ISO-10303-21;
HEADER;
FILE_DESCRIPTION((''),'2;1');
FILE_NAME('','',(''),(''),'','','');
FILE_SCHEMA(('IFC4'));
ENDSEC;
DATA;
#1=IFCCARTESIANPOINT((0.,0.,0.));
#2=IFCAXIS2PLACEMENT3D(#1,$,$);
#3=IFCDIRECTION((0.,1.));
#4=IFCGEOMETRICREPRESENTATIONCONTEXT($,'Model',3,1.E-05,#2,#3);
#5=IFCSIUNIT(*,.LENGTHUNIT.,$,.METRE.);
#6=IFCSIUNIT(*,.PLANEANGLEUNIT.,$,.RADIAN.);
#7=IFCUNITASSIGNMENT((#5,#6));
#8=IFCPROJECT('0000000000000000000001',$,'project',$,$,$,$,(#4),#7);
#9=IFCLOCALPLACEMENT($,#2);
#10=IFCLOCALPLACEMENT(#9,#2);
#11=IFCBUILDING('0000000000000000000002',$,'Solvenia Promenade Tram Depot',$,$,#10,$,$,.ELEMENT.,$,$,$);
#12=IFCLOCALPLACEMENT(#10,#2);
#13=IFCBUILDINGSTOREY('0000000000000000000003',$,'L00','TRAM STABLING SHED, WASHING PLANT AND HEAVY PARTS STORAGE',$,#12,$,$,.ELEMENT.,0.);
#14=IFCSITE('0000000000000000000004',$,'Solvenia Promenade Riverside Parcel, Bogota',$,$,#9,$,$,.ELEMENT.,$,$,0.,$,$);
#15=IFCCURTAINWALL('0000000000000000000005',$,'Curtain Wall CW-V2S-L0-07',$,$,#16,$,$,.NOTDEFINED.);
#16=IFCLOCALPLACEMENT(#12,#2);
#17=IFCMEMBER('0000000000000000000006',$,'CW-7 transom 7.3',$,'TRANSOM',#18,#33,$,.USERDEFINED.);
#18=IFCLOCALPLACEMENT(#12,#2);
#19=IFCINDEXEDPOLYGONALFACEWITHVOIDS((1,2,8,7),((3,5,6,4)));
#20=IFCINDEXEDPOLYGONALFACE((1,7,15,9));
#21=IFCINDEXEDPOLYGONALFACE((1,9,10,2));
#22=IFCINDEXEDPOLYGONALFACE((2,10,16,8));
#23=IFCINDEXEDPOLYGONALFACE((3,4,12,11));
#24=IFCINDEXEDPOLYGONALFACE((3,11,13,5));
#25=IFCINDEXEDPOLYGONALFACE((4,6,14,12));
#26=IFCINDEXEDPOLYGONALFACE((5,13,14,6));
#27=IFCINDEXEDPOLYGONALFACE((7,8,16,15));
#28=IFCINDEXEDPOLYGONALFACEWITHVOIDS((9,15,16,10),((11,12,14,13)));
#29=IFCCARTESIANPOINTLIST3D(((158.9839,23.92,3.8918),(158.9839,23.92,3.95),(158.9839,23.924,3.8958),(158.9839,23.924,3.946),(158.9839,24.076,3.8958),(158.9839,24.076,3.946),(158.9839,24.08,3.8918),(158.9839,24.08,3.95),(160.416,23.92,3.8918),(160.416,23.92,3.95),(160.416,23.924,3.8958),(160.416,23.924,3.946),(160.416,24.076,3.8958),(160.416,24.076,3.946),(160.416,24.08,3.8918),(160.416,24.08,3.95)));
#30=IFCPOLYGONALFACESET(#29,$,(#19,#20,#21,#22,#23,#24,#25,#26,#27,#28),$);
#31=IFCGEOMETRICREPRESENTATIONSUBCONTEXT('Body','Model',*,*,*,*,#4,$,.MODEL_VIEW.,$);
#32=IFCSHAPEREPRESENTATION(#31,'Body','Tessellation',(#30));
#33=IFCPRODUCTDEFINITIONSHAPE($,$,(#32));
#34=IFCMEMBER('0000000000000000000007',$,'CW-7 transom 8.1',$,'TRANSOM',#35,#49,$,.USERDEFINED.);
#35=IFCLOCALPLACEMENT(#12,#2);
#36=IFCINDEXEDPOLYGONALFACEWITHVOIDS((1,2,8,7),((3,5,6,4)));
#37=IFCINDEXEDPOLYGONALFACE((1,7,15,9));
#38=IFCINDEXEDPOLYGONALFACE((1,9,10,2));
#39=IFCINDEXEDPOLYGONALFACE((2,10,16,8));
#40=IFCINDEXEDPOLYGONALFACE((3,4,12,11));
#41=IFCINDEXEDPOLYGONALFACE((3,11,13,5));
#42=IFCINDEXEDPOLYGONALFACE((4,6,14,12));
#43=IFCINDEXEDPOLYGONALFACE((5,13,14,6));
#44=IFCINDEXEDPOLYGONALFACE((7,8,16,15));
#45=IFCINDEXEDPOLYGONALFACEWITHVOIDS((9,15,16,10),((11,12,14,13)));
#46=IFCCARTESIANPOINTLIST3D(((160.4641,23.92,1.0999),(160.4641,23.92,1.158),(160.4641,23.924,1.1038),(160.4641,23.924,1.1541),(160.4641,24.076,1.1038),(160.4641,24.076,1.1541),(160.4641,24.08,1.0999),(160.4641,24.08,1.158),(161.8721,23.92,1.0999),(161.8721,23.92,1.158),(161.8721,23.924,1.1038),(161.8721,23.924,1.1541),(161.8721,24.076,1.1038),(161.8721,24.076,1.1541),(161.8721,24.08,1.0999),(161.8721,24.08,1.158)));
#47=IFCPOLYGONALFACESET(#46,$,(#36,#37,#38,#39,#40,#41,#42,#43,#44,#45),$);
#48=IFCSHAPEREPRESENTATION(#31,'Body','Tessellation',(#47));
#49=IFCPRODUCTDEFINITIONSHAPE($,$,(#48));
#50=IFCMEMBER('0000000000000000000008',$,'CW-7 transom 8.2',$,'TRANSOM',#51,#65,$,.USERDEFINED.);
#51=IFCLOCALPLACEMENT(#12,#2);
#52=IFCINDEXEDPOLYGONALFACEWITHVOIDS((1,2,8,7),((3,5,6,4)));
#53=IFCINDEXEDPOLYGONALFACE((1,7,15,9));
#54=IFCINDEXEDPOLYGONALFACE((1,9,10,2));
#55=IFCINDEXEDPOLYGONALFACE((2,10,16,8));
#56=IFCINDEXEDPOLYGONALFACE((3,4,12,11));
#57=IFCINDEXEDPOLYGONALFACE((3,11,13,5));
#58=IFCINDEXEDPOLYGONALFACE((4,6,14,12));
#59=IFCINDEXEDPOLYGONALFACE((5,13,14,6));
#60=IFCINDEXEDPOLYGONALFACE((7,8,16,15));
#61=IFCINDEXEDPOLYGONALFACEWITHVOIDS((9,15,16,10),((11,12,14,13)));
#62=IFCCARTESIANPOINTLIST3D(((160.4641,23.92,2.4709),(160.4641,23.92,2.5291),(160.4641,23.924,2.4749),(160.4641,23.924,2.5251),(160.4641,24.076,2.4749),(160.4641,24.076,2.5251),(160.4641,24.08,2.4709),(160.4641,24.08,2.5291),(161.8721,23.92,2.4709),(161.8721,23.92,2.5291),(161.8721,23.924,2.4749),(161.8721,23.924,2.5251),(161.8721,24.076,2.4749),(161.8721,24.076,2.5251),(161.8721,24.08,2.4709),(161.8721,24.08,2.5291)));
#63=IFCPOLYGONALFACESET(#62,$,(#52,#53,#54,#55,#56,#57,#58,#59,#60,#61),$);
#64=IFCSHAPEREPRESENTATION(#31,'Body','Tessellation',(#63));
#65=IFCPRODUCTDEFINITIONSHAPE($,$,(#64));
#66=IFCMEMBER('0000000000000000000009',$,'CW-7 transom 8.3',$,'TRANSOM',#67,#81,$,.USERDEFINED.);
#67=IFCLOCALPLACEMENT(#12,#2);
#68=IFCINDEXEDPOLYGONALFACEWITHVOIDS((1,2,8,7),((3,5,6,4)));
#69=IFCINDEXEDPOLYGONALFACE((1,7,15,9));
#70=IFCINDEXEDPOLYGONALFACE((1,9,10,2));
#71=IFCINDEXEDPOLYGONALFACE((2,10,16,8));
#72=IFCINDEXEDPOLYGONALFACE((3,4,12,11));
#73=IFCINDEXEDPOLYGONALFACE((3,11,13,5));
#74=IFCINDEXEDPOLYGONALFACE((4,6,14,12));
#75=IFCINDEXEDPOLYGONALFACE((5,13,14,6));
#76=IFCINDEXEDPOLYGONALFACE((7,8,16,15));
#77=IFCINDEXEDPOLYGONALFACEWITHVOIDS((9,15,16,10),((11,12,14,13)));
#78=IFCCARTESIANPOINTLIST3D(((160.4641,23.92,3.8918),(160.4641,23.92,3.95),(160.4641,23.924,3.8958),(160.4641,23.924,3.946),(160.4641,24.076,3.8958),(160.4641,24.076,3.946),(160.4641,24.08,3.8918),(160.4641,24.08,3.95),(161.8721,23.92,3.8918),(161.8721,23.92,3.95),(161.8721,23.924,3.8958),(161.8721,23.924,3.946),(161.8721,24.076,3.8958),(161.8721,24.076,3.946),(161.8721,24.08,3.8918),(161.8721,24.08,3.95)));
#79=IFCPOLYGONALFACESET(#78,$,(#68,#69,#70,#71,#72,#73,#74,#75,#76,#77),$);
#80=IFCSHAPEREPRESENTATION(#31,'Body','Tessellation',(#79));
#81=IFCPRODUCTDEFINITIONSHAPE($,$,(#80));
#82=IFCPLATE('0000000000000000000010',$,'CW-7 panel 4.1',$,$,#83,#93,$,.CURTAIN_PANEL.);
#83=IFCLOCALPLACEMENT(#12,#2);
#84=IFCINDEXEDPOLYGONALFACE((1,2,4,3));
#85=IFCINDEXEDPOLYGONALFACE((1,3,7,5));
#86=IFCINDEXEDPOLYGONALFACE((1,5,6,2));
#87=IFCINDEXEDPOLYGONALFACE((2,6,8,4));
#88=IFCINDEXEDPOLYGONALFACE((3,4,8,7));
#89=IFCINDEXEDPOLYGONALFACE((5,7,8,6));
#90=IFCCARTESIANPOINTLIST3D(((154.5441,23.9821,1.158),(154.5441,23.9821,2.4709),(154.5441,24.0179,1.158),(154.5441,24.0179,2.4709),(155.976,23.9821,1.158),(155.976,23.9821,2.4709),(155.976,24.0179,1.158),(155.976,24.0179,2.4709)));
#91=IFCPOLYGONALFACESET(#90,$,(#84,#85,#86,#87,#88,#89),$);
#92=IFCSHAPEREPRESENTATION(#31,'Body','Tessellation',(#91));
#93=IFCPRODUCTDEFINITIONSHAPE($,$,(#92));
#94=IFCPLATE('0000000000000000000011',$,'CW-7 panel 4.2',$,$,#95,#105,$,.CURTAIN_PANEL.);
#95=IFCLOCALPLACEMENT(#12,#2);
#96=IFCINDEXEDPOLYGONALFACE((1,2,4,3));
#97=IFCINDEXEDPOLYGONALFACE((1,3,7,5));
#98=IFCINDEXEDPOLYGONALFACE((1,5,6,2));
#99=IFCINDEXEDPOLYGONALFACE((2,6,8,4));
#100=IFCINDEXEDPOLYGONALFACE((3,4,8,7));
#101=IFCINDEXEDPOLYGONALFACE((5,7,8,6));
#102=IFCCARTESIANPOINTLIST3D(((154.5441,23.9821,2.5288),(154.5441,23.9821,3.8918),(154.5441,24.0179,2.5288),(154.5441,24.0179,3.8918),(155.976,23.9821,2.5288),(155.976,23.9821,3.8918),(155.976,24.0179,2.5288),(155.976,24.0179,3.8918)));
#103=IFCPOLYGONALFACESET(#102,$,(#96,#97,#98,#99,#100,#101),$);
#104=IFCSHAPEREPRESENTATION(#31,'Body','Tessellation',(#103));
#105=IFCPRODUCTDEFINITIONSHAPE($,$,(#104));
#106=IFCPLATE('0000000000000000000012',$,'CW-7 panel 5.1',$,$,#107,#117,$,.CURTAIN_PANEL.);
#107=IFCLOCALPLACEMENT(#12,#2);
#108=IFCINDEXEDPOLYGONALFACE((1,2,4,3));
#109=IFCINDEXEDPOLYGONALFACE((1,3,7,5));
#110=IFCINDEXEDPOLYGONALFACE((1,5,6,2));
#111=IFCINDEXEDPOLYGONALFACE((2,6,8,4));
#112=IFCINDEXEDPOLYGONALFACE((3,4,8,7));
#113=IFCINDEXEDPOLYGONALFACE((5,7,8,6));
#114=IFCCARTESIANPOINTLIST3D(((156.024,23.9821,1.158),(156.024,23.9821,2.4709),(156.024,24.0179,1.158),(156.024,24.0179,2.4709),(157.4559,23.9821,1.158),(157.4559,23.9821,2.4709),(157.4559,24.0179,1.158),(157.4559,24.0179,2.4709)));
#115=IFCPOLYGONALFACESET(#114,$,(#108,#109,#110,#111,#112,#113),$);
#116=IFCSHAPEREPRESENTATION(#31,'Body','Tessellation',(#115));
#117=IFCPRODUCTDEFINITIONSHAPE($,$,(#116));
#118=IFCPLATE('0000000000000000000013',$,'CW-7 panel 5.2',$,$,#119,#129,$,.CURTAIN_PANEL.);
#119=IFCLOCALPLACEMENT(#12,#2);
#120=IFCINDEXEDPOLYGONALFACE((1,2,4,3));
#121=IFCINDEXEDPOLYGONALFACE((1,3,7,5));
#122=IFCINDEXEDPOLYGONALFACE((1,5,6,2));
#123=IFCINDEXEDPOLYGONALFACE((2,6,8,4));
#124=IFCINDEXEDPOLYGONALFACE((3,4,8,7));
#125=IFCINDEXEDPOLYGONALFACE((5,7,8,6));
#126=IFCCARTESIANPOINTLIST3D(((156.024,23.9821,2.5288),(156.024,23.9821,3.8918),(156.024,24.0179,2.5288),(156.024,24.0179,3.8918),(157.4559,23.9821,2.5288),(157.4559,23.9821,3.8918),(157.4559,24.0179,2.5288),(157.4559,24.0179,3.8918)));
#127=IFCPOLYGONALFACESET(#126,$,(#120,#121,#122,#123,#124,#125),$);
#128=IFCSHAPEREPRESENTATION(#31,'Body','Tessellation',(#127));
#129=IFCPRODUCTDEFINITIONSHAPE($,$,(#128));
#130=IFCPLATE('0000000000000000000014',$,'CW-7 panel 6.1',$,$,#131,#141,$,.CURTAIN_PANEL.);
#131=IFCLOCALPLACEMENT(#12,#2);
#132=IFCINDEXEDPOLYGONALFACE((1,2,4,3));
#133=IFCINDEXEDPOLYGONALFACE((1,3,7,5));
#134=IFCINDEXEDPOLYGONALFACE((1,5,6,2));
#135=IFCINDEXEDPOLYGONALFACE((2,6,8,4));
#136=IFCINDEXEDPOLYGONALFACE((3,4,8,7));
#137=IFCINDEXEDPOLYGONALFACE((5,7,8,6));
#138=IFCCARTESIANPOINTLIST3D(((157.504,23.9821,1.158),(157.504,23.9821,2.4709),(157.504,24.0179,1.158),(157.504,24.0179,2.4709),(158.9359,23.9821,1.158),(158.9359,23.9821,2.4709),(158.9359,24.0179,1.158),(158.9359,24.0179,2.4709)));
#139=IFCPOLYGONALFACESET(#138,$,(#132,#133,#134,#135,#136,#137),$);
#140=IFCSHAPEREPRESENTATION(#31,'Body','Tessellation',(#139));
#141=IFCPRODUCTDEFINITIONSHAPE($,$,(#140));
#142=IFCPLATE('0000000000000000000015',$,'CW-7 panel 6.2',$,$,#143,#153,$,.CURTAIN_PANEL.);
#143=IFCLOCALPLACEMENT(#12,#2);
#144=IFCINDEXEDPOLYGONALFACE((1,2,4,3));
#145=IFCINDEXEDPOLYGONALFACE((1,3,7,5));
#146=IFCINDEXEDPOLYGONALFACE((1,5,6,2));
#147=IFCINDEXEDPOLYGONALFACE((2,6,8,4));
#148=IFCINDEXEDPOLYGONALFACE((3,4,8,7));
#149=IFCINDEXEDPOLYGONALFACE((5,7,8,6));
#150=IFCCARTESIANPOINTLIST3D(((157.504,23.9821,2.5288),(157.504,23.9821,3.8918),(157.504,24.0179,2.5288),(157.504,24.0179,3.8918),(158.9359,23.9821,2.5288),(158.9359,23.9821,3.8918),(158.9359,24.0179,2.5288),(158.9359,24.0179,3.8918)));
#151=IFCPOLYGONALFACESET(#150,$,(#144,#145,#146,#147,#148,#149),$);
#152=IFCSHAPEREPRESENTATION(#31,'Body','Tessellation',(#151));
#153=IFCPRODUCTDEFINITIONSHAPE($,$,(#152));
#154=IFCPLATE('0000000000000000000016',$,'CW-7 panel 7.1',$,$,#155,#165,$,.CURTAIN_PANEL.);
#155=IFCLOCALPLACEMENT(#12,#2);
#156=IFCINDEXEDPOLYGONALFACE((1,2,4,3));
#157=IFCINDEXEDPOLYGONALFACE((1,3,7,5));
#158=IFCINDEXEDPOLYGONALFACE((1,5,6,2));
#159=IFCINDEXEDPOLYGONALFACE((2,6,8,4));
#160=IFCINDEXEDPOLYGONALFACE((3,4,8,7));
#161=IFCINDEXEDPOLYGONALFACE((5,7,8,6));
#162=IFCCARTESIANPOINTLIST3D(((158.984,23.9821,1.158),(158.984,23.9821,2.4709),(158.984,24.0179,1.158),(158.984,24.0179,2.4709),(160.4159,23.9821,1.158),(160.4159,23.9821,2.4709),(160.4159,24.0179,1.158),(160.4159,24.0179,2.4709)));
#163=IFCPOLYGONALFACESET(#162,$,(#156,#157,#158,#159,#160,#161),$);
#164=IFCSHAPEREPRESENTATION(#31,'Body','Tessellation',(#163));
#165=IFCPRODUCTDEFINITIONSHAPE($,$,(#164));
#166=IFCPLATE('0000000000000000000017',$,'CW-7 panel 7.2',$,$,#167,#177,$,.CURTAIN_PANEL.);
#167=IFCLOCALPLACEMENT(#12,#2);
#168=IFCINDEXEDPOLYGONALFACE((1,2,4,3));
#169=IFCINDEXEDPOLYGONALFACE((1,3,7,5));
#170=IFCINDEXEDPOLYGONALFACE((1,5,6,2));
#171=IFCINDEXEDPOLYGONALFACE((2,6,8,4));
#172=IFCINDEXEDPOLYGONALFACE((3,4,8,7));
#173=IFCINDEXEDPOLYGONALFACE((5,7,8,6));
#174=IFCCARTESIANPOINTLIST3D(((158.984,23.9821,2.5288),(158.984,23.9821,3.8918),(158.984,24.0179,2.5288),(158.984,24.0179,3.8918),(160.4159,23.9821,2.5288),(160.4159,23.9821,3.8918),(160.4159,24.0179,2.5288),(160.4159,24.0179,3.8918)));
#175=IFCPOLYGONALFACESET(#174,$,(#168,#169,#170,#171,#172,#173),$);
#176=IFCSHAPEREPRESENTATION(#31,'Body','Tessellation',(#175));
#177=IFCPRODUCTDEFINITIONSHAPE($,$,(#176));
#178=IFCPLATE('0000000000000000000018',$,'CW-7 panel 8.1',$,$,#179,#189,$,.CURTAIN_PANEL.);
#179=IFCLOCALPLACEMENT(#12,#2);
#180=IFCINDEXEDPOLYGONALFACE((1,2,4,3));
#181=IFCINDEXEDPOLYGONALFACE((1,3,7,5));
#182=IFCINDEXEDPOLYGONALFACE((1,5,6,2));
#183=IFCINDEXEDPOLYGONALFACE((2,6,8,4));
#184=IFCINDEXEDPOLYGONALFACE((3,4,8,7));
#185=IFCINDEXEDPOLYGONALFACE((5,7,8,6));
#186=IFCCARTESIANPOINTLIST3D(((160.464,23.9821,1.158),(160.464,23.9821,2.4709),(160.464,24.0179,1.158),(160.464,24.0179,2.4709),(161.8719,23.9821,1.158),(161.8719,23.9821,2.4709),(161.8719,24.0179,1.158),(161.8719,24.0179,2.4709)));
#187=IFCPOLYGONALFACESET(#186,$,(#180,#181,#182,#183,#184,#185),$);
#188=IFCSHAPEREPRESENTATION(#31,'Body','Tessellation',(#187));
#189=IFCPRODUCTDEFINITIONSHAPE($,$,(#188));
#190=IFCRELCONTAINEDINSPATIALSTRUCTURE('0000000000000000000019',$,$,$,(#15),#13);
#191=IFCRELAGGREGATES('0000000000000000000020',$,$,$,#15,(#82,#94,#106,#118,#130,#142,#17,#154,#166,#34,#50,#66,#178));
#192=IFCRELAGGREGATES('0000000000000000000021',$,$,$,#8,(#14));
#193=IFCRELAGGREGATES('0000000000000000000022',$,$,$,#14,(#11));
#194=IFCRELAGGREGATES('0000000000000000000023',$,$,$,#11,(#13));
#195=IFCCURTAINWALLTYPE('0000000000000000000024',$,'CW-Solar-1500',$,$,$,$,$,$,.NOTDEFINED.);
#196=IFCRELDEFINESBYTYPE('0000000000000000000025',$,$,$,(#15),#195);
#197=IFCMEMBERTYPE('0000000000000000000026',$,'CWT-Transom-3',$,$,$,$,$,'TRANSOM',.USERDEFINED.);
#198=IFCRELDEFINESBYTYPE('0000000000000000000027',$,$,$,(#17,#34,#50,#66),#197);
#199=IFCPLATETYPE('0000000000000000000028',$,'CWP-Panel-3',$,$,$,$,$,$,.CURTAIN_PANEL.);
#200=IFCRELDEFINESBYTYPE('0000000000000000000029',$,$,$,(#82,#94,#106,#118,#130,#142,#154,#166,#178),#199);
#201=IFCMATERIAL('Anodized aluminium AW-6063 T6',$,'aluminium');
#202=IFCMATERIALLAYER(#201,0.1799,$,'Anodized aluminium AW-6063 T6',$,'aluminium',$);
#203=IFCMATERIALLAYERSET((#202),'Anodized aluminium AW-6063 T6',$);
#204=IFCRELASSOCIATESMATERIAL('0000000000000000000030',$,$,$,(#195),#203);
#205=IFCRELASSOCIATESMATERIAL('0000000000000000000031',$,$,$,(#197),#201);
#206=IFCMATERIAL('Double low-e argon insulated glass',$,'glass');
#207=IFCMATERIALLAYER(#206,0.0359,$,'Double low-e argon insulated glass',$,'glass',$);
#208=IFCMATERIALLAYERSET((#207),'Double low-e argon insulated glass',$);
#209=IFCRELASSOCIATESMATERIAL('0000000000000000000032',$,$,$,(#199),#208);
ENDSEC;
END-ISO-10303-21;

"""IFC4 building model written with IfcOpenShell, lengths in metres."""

from ifc_helpers import new_model, si_unit, direction, frame, origin, origin_2d, place, context, subcontext, project, spatial, rectangle, hollow_rectangle, extrude, material, layer, layer_set, material_profile, profile_set, type_object, element, aggregate, save


model = new_model("IFC4")

# Units and contexts
model_context = context("Model", 3, precision=1e-05, world=origin(), true_north=direction((0.0, 1.0)))
body_context = subcontext(model_context, "Body", "Model", "MODEL_VIEW")
ifc_project = project(units=[si_unit("LENGTHUNIT", "METRE"), si_unit("PLANEANGLEUNIT", "RADIAN")], contexts=[model_context])

# Site, building, storey
site_placement = place(None, origin())
site = spatial("IfcSite", under=ifc_project, at=site_placement, Name="Solvenia Promenade Riverside Parcel, Bogota", CompositionType="ELEMENT", RefElevation=0.0)
building_placement = place(site_placement, origin())
building = spatial("IfcBuilding", under=site, at=building_placement, Name="Solvenia Promenade Tram Depot", CompositionType="ELEMENT")
storey_placement = place(building_placement, origin())
storey = spatial("IfcBuildingStorey", under=building, at=storey_placement, Name="L00", Description="TRAM STABLING SHED, WASHING PLANT AND HEAVY PARTS STORAGE", CompositionType="ELEMENT", Elevation=0.0)

# Curtain wall, members, plates
ifc_material_1 = material(Name="Anodized aluminium AW-6063 T6", Category="aluminium")
ifc_layer_1 = layer(ifc_material_1, 0.1799, Name="Anodized aluminium AW-6063 T6", Category="aluminium")
ifc_layer_set_1 = layer_set([ifc_layer_1], Name="Anodized aluminium AW-6063 T6")
curtain_wall_type = type_object("IfcCurtainWallType", Name="CW-Solar-1500", PredefinedType="NOTDEFINED", material=ifc_layer_set_1)
curtain_wall_placement = place(storey_placement, origin())
curtain_wall = element("IfcCurtainWall", 1, at=curtain_wall_placement, inside=storey, type_object=curtain_wall_type, Name="Curtain Wall CW-V2S-L0-07", PredefinedType="NOTDEFINED")
ifc_material_profile_1 = material_profile(ifc_material_1, hollow_rectangle(XDim=0.1599, YDim=0.0581, WallThickness=0.0039, at=origin_2d()), Name="ALU-T3", Category="aluminium")
ifc_profile_set_1 = profile_set([ifc_material_profile_1], Name="Anodized aluminium AW-6063 T6")
member_type_1 = type_object("IfcMemberType", Name="CWT-Transom-3", ElementType="TRANSOM", PredefinedType="USERDEFINED", material=ifc_profile_set_1)
member_1_placement = place(storey_placement, frame((158.9839, 24.0, 3.9209), z_axis=(1.0, 0.0, 0.0), x_axis=(0.0, 1.0, 0.0)))
member_1 = element("IfcMember", 2, at=member_1_placement, type_object=member_type_1, Name="CW-7 transom 7.3", ObjectType="TRANSOM", PredefinedType="USERDEFINED", context=body_context, shape_type="SweptSolid", body=[
    extrude(hollow_rectangle(XDim=0.1599, YDim=0.0581, WallThickness=0.0039, at=origin_2d()), origin(), (0.0, 0.0, 1.0), 1.4321),
])
member_2_placement = place(storey_placement, frame((160.4641, 24.0, 1.1289), z_axis=(1.0, 0.0, 0.0), x_axis=(0.0, 1.0, 0.0)))
member_2 = element("IfcMember", 3, at=member_2_placement, type_object=member_type_1, Name="CW-7 transom 8.1", ObjectType="TRANSOM", PredefinedType="USERDEFINED", context=body_context, shape_type="SweptSolid", body=[
    extrude(hollow_rectangle(XDim=0.1599, YDim=0.0581, WallThickness=0.0039, at=origin_2d()), origin(), (0.0, 0.0, 1.0), 1.408),
])
member_3_placement = place(storey_placement, frame((160.4641, 24.0, 2.5), z_axis=(1.0, 0.0, 0.0), x_axis=(0.0, 1.0, 0.0)))
member_3 = element("IfcMember", 4, at=member_3_placement, type_object=member_type_1, Name="CW-7 transom 8.2", ObjectType="TRANSOM", PredefinedType="USERDEFINED", context=body_context, shape_type="SweptSolid", body=[
    extrude(hollow_rectangle(XDim=0.1599, YDim=0.0581, WallThickness=0.0039, at=origin_2d()), origin(), (0.0, 0.0, 1.0), 1.408),
])
member_4_placement = place(storey_placement, frame((160.4641, 24.0, 3.9209), z_axis=(1.0, 0.0, 0.0), x_axis=(0.0, 1.0, 0.0)))
member_4 = element("IfcMember", 5, at=member_4_placement, type_object=member_type_1, Name="CW-7 transom 8.3", ObjectType="TRANSOM", PredefinedType="USERDEFINED", context=body_context, shape_type="SweptSolid", body=[
    extrude(hollow_rectangle(XDim=0.1599, YDim=0.0581, WallThickness=0.0039, at=origin_2d()), origin(), (0.0, 0.0, 1.0), 1.408),
])
ifc_material_2 = material(Name="Double low-e argon insulated glass", Category="glass")
ifc_layer_2 = layer(ifc_material_2, 0.0359, Name="Double low-e argon insulated glass", Category="glass")
ifc_layer_set_2 = layer_set([ifc_layer_2], Name="Double low-e argon insulated glass")
plate_type = type_object("IfcPlateType", Name="CWP-Panel-3", PredefinedType="CURTAIN_PANEL", material=ifc_layer_set_2)
plate_1_placement = place(storey_placement, frame((155.26, 24.0, 1.158), z_axis=(0.0, 0.0, 1.0), x_axis=(1.0, 0.0, 0.0)))
plate_1 = element("IfcPlate", 6, at=plate_1_placement, type_object=plate_type, Name="CW-7 panel 4.1", PredefinedType="CURTAIN_PANEL", context=body_context, shape_type="SweptSolid", body=[
    extrude(rectangle(XDim=1.4319, YDim=0.0359, at=origin_2d()), origin(), (0.0, 0.0, 1.0), 1.313),
])
plate_2_placement = place(storey_placement, frame((155.26, 24.0, 2.5288), z_axis=(0.0, 0.0, 1.0), x_axis=(1.0, 0.0, 0.0)))
plate_2 = element("IfcPlate", 7, at=plate_2_placement, type_object=plate_type, Name="CW-7 panel 4.2", PredefinedType="CURTAIN_PANEL", context=body_context, shape_type="SweptSolid", body=[
    extrude(rectangle(XDim=1.4319, YDim=0.0359, at=origin_2d()), origin(), (0.0, 0.0, 1.0), 1.363),
])
plate_3_placement = place(storey_placement, frame((156.74, 24.0, 1.158), z_axis=(0.0, 0.0, 1.0), x_axis=(1.0, 0.0, 0.0)))
plate_3 = element("IfcPlate", 8, at=plate_3_placement, type_object=plate_type, Name="CW-7 panel 5.1", PredefinedType="CURTAIN_PANEL", context=body_context, shape_type="SweptSolid", body=[
    extrude(rectangle(XDim=1.4319, YDim=0.0359, at=origin_2d()), origin(), (0.0, 0.0, 1.0), 1.313),
])
plate_4_placement = place(storey_placement, frame((156.74, 24.0, 2.5288), z_axis=(0.0, 0.0, 1.0), x_axis=(1.0, 0.0, 0.0)))
plate_4 = element("IfcPlate", 9, at=plate_4_placement, type_object=plate_type, Name="CW-7 panel 5.2", PredefinedType="CURTAIN_PANEL", context=body_context, shape_type="SweptSolid", body=[
    extrude(rectangle(XDim=1.4319, YDim=0.0359, at=origin_2d()), origin(), (0.0, 0.0, 1.0), 1.363),
])
plate_5_placement = place(storey_placement, frame((158.22, 24.0, 1.158), z_axis=(0.0, 0.0, 1.0), x_axis=(1.0, 0.0, 0.0)))
plate_5 = element("IfcPlate", 10, at=plate_5_placement, type_object=plate_type, Name="CW-7 panel 6.1", PredefinedType="CURTAIN_PANEL", context=body_context, shape_type="SweptSolid", body=[
    extrude(rectangle(XDim=1.4319, YDim=0.0359, at=origin_2d()), origin(), (0.0, 0.0, 1.0), 1.313),
])
plate_6_placement = place(storey_placement, frame((158.22, 24.0, 2.5288), z_axis=(0.0, 0.0, 1.0), x_axis=(1.0, 0.0, 0.0)))
plate_6 = element("IfcPlate", 11, at=plate_6_placement, type_object=plate_type, Name="CW-7 panel 6.2", PredefinedType="CURTAIN_PANEL", context=body_context, shape_type="SweptSolid", body=[
    extrude(rectangle(XDim=1.4319, YDim=0.0359, at=origin_2d()), origin(), (0.0, 0.0, 1.0), 1.363),
])
plate_7_placement = place(storey_placement, frame((159.7, 24.0, 1.158), z_axis=(0.0, 0.0, 1.0), x_axis=(1.0, 0.0, 0.0)))
plate_7 = element("IfcPlate", 12, at=plate_7_placement, type_object=plate_type, Name="CW-7 panel 7.1", PredefinedType="CURTAIN_PANEL", context=body_context, shape_type="SweptSolid", body=[
    extrude(rectangle(XDim=1.4319, YDim=0.0359, at=origin_2d()), origin(), (0.0, 0.0, 1.0), 1.313),
])
plate_8_placement = place(storey_placement, frame((159.7, 24.0, 2.5288), z_axis=(0.0, 0.0, 1.0), x_axis=(1.0, 0.0, 0.0)))
plate_8 = element("IfcPlate", 13, at=plate_8_placement, type_object=plate_type, Name="CW-7 panel 7.2", PredefinedType="CURTAIN_PANEL", context=body_context, shape_type="SweptSolid", body=[
    extrude(rectangle(XDim=1.4319, YDim=0.0359, at=origin_2d()), origin(), (0.0, 0.0, 1.0), 1.363),
])
plate_9_placement = place(storey_placement, frame((161.168, 24.0, 1.158), z_axis=(0.0, 0.0, 1.0), x_axis=(1.0, 0.0, 0.0)))
plate_9 = element("IfcPlate", 14, at=plate_9_placement, type_object=plate_type, Name="CW-7 panel 8.1", PredefinedType="CURTAIN_PANEL", context=body_context, shape_type="SweptSolid", body=[
    extrude(rectangle(XDim=1.408, YDim=0.0359, at=origin_2d()), origin(), (0.0, 0.0, 1.0), 1.313),
])
aggregate(curtain_wall, [plate_1, plate_2, plate_3, plate_4, plate_5, plate_6, member_1, plate_7, plate_8, member_2, member_3, member_4, plate_9])

save(model, "model.ifc")
